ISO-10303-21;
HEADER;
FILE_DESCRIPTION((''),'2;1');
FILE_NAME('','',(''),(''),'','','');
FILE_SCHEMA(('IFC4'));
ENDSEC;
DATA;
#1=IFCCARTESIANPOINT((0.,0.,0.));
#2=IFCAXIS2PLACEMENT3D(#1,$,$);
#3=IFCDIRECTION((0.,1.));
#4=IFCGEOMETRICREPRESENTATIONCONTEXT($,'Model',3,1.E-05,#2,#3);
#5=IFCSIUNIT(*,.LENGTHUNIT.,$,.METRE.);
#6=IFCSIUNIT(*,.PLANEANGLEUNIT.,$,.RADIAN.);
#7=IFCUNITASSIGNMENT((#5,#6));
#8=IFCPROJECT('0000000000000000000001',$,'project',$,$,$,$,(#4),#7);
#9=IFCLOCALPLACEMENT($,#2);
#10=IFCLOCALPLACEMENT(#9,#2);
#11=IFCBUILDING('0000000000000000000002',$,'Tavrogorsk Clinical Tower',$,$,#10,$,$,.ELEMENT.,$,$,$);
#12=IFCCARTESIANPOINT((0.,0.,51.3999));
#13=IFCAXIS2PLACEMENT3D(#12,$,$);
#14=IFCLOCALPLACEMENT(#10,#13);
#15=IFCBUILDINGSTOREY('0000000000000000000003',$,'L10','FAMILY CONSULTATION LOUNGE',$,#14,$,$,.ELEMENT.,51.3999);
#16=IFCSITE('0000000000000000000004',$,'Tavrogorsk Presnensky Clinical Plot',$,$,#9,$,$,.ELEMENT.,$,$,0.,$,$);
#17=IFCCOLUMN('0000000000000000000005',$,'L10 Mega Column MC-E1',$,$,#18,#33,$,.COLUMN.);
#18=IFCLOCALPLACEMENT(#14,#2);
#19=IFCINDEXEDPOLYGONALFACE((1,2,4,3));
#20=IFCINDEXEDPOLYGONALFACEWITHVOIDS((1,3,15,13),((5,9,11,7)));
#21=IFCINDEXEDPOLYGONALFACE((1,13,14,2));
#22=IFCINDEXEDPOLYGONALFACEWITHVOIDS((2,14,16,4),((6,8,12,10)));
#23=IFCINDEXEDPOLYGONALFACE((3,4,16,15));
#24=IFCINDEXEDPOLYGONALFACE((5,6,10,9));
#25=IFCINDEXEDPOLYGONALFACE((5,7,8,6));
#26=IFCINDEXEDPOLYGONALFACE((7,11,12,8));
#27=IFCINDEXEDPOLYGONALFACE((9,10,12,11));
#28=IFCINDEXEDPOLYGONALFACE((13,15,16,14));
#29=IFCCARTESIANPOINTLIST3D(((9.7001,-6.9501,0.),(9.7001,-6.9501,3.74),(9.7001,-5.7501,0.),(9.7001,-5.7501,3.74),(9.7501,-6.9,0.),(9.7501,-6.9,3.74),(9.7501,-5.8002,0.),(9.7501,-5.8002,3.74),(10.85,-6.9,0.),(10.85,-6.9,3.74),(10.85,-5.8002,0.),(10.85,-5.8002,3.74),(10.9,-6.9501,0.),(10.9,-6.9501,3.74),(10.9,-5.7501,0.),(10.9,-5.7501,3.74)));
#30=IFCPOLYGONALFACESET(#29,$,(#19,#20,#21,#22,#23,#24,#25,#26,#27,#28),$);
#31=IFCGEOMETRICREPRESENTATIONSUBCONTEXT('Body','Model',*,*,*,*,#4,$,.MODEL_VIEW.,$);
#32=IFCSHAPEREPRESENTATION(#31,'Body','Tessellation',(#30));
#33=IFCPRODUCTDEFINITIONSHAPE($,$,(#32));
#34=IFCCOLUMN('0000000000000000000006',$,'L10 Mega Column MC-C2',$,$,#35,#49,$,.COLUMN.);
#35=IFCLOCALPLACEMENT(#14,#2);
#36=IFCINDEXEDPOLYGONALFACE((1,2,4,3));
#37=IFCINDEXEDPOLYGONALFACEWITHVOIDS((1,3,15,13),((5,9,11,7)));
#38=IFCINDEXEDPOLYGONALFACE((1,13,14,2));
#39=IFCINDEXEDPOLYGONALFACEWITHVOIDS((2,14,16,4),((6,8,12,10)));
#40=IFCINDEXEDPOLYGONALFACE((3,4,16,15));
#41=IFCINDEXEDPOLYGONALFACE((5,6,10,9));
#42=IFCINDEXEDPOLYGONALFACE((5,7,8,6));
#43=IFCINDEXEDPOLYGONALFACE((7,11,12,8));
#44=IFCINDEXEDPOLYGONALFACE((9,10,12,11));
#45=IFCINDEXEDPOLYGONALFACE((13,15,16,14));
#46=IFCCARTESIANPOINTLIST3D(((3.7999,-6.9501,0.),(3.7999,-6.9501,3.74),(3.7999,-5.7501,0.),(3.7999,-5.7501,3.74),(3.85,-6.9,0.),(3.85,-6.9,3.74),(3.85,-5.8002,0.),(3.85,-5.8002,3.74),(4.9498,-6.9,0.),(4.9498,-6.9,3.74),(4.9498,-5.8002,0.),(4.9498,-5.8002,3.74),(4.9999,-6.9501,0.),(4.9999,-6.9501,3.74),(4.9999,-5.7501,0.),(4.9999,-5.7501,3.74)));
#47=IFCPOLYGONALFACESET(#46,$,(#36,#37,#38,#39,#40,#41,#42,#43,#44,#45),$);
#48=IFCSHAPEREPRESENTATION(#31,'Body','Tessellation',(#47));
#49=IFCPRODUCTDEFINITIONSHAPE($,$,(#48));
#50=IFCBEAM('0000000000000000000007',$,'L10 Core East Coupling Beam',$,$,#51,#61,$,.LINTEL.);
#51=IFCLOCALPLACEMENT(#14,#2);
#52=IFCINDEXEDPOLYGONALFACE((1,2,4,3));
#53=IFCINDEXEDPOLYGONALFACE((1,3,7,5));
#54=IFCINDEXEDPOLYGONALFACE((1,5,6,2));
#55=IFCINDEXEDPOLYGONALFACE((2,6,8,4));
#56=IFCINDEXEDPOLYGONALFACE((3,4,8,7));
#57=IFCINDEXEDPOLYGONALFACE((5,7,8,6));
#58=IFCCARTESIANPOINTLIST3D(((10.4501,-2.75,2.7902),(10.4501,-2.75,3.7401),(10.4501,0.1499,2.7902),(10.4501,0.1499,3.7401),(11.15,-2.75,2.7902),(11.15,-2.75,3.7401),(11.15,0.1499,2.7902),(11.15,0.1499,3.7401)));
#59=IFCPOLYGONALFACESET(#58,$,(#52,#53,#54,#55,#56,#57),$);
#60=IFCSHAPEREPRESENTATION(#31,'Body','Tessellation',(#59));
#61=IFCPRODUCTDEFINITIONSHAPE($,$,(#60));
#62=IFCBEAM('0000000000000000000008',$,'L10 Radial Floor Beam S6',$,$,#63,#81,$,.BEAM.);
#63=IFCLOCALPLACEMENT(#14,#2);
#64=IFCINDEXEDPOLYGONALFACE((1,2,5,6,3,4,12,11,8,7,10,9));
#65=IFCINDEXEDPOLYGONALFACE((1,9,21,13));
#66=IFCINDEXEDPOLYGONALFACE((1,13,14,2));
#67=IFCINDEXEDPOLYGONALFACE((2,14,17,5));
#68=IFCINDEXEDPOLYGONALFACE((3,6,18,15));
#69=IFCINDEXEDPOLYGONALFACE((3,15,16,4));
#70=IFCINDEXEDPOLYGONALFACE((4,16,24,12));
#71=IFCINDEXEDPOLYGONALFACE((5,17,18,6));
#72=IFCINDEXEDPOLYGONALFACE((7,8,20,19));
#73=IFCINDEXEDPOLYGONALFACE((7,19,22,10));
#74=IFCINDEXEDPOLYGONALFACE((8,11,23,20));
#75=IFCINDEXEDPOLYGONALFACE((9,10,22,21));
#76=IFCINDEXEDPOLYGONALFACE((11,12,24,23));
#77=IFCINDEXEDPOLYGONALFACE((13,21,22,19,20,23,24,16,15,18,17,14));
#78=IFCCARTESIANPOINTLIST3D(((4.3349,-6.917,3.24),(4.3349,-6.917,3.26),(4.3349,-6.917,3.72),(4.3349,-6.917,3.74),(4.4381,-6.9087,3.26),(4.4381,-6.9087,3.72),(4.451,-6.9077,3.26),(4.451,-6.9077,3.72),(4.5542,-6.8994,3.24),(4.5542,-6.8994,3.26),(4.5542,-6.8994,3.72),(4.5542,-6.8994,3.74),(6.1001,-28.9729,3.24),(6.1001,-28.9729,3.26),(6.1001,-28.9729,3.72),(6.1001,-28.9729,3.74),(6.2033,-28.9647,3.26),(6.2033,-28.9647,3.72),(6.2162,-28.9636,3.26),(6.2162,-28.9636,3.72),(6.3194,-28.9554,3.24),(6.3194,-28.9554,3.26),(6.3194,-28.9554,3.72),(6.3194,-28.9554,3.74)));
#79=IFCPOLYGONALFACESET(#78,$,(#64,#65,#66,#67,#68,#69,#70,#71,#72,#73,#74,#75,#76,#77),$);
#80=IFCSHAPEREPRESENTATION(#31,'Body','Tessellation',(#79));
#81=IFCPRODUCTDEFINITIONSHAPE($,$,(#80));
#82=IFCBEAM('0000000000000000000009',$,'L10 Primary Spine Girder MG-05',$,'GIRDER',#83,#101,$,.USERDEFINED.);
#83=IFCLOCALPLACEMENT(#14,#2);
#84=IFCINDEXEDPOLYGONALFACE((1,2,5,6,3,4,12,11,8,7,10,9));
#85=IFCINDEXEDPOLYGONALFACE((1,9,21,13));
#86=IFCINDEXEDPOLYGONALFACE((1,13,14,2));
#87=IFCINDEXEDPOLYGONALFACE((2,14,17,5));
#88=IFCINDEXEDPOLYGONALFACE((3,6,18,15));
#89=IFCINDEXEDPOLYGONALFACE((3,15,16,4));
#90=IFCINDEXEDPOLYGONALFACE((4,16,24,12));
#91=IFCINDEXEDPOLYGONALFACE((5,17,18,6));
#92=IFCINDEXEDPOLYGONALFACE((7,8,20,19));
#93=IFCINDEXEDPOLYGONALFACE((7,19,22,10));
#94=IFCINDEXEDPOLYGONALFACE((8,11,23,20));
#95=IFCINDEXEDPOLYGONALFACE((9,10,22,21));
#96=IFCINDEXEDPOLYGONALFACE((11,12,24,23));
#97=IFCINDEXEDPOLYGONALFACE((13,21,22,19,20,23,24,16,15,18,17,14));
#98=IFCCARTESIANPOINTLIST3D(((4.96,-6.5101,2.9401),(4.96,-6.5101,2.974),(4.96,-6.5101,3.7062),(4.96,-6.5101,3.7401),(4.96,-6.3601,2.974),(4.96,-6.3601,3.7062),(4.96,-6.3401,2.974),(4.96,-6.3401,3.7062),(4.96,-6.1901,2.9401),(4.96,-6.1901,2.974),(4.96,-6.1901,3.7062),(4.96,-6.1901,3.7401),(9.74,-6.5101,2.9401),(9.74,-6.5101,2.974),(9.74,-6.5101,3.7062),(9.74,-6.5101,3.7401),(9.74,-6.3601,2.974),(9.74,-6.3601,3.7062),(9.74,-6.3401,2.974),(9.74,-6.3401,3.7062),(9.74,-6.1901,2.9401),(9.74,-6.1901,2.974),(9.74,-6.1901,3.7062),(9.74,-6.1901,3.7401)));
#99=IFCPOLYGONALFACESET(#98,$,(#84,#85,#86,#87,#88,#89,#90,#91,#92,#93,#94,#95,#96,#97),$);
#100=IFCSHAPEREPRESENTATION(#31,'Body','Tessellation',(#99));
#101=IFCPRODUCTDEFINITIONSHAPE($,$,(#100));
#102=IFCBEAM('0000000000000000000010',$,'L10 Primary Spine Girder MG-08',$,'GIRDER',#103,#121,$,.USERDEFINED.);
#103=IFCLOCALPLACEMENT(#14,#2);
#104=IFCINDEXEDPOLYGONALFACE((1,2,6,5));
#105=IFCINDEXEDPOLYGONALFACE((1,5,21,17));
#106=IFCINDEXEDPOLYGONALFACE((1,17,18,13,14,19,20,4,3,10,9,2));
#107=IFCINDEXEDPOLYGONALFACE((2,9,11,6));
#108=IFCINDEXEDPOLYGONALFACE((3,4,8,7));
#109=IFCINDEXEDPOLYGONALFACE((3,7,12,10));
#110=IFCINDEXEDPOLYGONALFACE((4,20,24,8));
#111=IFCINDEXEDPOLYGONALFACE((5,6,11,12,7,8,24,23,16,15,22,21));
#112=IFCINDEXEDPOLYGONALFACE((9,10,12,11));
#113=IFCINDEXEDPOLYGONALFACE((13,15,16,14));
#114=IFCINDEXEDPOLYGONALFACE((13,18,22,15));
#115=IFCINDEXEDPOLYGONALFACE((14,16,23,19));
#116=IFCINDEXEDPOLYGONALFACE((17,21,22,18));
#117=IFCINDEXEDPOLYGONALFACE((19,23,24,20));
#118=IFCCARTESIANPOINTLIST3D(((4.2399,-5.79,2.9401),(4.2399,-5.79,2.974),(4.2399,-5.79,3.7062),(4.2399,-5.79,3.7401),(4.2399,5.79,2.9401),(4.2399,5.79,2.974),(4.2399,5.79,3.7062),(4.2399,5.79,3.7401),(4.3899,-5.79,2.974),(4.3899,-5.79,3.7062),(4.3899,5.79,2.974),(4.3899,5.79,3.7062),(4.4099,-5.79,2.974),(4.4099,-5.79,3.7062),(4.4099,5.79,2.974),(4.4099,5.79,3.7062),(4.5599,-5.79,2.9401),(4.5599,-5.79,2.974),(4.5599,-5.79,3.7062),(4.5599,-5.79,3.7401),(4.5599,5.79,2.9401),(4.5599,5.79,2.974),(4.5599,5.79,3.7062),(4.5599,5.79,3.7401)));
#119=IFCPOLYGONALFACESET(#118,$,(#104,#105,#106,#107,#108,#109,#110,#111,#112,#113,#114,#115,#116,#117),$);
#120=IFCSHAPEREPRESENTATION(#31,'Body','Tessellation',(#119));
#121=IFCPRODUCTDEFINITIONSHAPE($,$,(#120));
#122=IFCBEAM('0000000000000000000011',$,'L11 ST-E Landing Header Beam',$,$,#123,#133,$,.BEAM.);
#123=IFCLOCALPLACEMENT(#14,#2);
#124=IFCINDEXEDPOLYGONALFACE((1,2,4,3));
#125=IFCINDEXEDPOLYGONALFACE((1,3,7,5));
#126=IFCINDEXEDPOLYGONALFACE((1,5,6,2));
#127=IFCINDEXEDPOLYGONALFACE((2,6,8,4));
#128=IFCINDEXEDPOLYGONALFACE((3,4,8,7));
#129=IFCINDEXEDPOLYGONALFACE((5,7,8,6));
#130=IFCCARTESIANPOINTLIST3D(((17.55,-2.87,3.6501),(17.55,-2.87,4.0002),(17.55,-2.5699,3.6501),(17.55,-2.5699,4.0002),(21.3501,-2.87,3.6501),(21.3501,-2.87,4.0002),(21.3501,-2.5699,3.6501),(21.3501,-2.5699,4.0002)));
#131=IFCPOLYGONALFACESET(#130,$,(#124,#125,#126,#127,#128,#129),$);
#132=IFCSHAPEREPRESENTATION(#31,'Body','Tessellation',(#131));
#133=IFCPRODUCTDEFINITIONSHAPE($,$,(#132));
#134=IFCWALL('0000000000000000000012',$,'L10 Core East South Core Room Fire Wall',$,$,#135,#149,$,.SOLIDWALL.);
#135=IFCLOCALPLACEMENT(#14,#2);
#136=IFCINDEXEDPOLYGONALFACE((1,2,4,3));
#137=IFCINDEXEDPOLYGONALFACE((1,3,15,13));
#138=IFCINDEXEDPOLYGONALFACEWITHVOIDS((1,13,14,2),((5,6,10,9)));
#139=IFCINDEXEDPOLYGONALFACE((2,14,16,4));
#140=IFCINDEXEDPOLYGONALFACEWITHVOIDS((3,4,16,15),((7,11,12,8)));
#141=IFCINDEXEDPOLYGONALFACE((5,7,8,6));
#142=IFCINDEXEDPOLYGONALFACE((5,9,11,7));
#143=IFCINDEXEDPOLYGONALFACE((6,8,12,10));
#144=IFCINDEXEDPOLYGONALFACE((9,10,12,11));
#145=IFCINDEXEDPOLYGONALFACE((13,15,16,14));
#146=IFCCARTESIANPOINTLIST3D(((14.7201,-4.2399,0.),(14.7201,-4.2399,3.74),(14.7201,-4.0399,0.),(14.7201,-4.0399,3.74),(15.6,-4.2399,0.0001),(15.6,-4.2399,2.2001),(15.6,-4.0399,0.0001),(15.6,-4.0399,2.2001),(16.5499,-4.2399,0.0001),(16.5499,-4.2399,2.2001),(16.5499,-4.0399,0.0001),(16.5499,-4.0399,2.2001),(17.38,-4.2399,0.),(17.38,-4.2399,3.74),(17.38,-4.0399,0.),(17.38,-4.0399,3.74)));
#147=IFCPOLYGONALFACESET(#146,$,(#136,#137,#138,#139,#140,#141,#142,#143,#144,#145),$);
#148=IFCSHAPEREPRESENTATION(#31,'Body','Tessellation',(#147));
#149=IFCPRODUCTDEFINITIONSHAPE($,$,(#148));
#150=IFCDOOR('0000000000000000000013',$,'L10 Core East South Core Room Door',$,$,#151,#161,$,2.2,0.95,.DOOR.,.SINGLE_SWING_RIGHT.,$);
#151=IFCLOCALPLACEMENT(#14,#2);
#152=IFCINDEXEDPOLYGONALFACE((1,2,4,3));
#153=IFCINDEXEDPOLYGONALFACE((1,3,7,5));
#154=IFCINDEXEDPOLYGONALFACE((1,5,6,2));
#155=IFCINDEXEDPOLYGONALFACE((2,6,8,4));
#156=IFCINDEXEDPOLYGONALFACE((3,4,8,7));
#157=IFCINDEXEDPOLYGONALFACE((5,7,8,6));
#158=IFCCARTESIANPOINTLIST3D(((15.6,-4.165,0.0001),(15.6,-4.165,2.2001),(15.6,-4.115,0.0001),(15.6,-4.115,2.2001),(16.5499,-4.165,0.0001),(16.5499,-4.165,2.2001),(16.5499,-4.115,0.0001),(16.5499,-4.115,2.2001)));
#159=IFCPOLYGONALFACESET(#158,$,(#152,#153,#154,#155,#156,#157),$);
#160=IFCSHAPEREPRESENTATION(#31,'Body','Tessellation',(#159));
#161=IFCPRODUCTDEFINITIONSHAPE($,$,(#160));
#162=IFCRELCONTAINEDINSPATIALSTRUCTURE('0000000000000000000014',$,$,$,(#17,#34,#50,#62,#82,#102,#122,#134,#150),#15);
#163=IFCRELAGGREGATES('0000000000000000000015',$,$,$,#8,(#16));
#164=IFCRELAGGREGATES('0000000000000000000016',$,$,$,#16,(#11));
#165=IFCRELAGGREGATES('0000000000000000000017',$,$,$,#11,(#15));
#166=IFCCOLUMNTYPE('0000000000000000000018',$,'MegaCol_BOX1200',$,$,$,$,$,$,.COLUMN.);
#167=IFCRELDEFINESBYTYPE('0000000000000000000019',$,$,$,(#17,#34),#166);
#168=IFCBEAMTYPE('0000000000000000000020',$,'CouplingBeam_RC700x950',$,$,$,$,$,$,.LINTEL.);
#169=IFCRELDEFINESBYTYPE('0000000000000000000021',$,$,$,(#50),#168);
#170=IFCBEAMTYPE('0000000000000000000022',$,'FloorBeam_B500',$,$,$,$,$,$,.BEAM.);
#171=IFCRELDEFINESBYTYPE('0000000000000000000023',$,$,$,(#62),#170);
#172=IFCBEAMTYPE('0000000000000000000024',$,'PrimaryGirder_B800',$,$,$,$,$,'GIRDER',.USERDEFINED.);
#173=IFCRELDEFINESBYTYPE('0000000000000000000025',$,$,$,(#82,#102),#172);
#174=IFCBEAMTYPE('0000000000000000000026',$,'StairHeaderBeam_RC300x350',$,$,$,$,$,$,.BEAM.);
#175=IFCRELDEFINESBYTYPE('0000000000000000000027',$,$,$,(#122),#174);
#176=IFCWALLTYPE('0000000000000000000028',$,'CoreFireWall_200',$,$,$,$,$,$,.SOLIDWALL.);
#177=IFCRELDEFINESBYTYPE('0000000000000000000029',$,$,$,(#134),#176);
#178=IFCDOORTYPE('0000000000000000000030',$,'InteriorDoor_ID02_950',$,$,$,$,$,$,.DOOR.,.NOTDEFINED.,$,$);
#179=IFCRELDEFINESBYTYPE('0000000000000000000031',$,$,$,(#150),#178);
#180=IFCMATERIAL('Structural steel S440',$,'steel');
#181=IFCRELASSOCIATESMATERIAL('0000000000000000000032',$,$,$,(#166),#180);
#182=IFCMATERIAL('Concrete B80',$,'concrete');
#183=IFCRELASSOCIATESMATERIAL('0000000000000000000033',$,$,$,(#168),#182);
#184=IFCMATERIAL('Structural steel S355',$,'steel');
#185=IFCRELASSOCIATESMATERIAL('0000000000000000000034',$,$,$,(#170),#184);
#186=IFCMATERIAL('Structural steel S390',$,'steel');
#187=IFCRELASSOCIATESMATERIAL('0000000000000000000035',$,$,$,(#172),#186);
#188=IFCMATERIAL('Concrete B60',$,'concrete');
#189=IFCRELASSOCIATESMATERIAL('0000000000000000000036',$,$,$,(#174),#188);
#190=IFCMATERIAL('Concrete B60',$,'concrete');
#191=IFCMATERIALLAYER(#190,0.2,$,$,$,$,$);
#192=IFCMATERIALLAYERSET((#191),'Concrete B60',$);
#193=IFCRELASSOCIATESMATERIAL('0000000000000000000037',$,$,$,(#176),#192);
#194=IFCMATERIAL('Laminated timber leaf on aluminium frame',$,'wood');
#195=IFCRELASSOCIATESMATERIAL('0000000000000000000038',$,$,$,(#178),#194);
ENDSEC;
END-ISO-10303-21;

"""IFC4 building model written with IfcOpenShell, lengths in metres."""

from ifc_helpers import new_model, si_unit, direction, frame, frame_2d, origin, origin_2d, place, context, subcontext, project, spatial, rectangle, hollow_rectangle, i_section, extrude, material, layer, layer_set, material_profile, profile_set, type_object, element, fill, save


model = new_model("IFC4")

# Units and contexts
model_context = context("Model", 3, precision=1e-05, world=origin(), true_north=direction((0.0, 1.0)))
body_context = subcontext(model_context, "Body", "Model", "MODEL_VIEW")
ifc_project = project(units=[si_unit("LENGTHUNIT", "METRE"), si_unit("PLANEANGLEUNIT", "RADIAN")], contexts=[model_context])

# Site, building, storey
site_placement = place(None, origin())
site = spatial("IfcSite", under=ifc_project, at=site_placement, Name="Tavrogorsk Presnensky Clinical Plot", CompositionType="ELEMENT", RefElevation=0.0)
building_placement = place(site_placement, origin())
building = spatial("IfcBuilding", under=site, at=building_placement, Name="Tavrogorsk Clinical Tower", CompositionType="ELEMENT")
storey_placement = place(building_placement, frame((0.0, 0.0, 51.3999)))
storey = spatial("IfcBuildingStorey", under=building, at=storey_placement, Name="L10", Description="FAMILY CONSULTATION LOUNGE", CompositionType="ELEMENT", Elevation=51.3999)

# Columns
ifc_material_1 = material(Name="Structural steel S440", Category="steel")
ifc_material_profile_1 = material_profile(ifc_material_1, hollow_rectangle(XDim=1.2, YDim=1.2, WallThickness=0.05, at=origin_2d()), Name="BOX-1200x1200x50")
ifc_profile_set_1 = profile_set([ifc_material_profile_1], Name="Structural steel S440")
column_type = type_object("IfcColumnType", Name="MegaCol_BOX1200", PredefinedType="COLUMN", material=ifc_profile_set_1)
for number, where, z_axis, x_axis, name in (
    (1, (10.3, -6.3501, 0.0), (0.0, 0.0, 1.0), (1.0, 0.0, 0.0), "L10 Mega Column MC-E1"),
    (2, (4.3999, -6.3501, 0.0), (0.0, 0.0, 1.0), (1.0, 0.0, 0.0), "L10 Mega Column MC-C2"),
):
    element("IfcColumn", number, at=place(storey_placement, frame(where, z_axis=z_axis, x_axis=x_axis)), inside=storey, type_object=column_type, Name=name, PredefinedType="COLUMN", context=body_context, shape_type="SweptSolid", body=[
        extrude(hollow_rectangle(XDim=1.2, YDim=1.2, WallThickness=0.05, at=origin_2d()), origin(), (0.0, 0.0, 1.0), 3.74),
    ])

# Beams
ifc_material_2 = material(Name="Concrete B80", Category="concrete")
ifc_material_profile_2 = material_profile(ifc_material_2, rectangle(XDim=0.7, YDim=0.95, at=origin_2d()), Name="RC-CB-700x950")
ifc_profile_set_2 = profile_set([ifc_material_profile_2], Name="Concrete B80")
beam_type_1 = type_object("IfcBeamType", Name="CouplingBeam_RC700x950", PredefinedType="LINTEL", material=ifc_profile_set_2)
beam_1_placement = place(storey_placement, frame((10.8, -2.75, 3.2651), z_axis=(0.0, 1.0, 0.0), x_axis=(-1.0, 0.0, 0.0)))
element("IfcBeam", 3, at=beam_1_placement, inside=storey, type_object=beam_type_1, Name="L10 Core East Coupling Beam", PredefinedType="LINTEL", context=body_context, shape_type="SweptSolid", body=[
    extrude(rectangle(XDim=0.7, YDim=0.95, at=origin_2d()), origin(), (0.0, 0.0, 1.0), 2.8999),
])
ifc_material_3 = material(Name="Structural steel S355", Category="steel")
ifc_material_profile_3 = material_profile(ifc_material_3, i_section(OverallWidth=0.22, OverallDepth=0.5, WebThickness=0.0129, FlangeThickness=0.02, at=origin_2d()), Name="B-500x220x13x20")
ifc_profile_set_3 = profile_set([ifc_material_profile_3], Name="Structural steel S355")
beam_type_2 = type_object("IfcBeamType", Name="FloorBeam_B500", PredefinedType="BEAM", material=ifc_profile_set_3)
beam_2_placement = place(storey_placement, frame((4.4446, -6.9082, 3.49), z_axis=(0.079775, -0.996813, 0.0), x_axis=(0.996813, 0.079775, 0.0)))
element("IfcBeam", 4, at=beam_2_placement, inside=storey, type_object=beam_type_2, Name="L10 Radial Floor Beam S6", PredefinedType="BEAM", context=body_context, shape_type="SweptSolid", body=[
    extrude(i_section(OverallWidth=0.22, OverallDepth=0.5, WebThickness=0.0129, FlangeThickness=0.02, at=origin_2d()), origin(), (0.0, 0.0, 1.0), 22.1265),
])
ifc_material_4 = material(Name="Structural steel S390", Category="steel")
ifc_material_profile_4 = material_profile(ifc_material_4, i_section(OverallWidth=0.3201, OverallDepth=0.8, WebThickness=0.02, FlangeThickness=0.0339, at=origin_2d()), Name="B-800x320x20x34")
ifc_profile_set_4 = profile_set([ifc_material_profile_4], Name="Structural steel S390")
beam_type_3 = type_object("IfcBeamType", Name="PrimaryGirder_B800", ElementType="GIRDER", PredefinedType="USERDEFINED", material=ifc_profile_set_4)
beam_3_placement = place(storey_placement, frame((4.96, -6.3501, 3.3401), z_axis=(1.0, 0.0, 0.0), x_axis=(0.0, 1.0, 0.0)))
element("IfcBeam", 5, at=beam_3_placement, inside=storey, type_object=beam_type_3, Name="L10 Primary Spine Girder MG-05", ObjectType="GIRDER", PredefinedType="USERDEFINED", context=body_context, shape_type="SweptSolid", body=[
    extrude(i_section(OverallWidth=0.3201, OverallDepth=0.8, WebThickness=0.02, FlangeThickness=0.0339, at=origin_2d()), origin(), (0.0, 0.0, 1.0), 4.78),
])
beam_4_placement = place(storey_placement, frame((4.3999, -5.79, 3.3401), z_axis=(0.0, 1.0, 0.0), x_axis=(-1.0, 0.0, 0.0)))
element("IfcBeam", 6, at=beam_4_placement, inside=storey, type_object=beam_type_3, Name="L10 Primary Spine Girder MG-08", ObjectType="GIRDER", PredefinedType="USERDEFINED", context=body_context, shape_type="SweptSolid", body=[
    extrude(i_section(OverallWidth=0.3201, OverallDepth=0.8, WebThickness=0.02, FlangeThickness=0.0339, at=origin_2d()), origin(), (0.0, 0.0, 1.0), 11.5801),
])
ifc_material_5 = material(Name="Concrete B60", Category="concrete")
ifc_material_profile_5 = material_profile(ifc_material_5, rectangle(XDim=0.3, YDim=0.3501, at=origin_2d()), Name="RC-SHB-300x350")
ifc_profile_set_5 = profile_set([ifc_material_profile_5], Name="Concrete B60")
beam_type_4 = type_object("IfcBeamType", Name="StairHeaderBeam_RC300x350", PredefinedType="BEAM", material=ifc_profile_set_5)
beam_5_placement = place(storey_placement, frame((17.55, -2.72, 3.8252), z_axis=(1.0, 0.0, 0.0), x_axis=(0.0, 1.0, 0.0)))
element("IfcBeam", 7, at=beam_5_placement, inside=storey, type_object=beam_type_4, Name="L11 ST-E Landing Header Beam", PredefinedType="BEAM", context=body_context, shape_type="SweptSolid", body=[
    extrude(rectangle(XDim=0.3, YDim=0.3501, at=origin_2d()), origin(), (0.0, 0.0, 1.0), 3.8),
])

# Wall, opening, door
ifc_material_6 = material(Name="Concrete B60", Category="concrete")
ifc_layer_1 = layer(ifc_material_6, 0.2)
ifc_layer_set_1 = layer_set([ifc_layer_1], Name="Concrete B60")
wall_type_1 = type_object("IfcWallType", Name="CoreFireWall_200", PredefinedType="SOLIDWALL", material=ifc_layer_set_1)
wall_1_placement = place(storey_placement, frame((14.72, -4.1399, 0.0), z_axis=(0.0, 0.0, 1.0), x_axis=(1.0, 0.0, 0.0)))
wall_1 = element("IfcWall", 8, at=wall_1_placement, inside=storey, type_object=wall_type_1, Name="L10 Core East South Core Room Fire Wall", PredefinedType="SOLIDWALL", context=body_context, shape_type="SweptSolid", body=[
    extrude(rectangle(XDim=2.6599, YDim=0.2, at=frame_2d((1.3301, 0.0))), origin(), (0.0, 0.0, 1.0), 3.74),
])
opening_1_placement = place(wall_1_placement, frame((0.8799, 0.0, 0.0)))
opening_1 = element("IfcOpeningElement", 9, at=opening_1_placement, cuts=wall_1, PredefinedType="OPENING", context=body_context, shape_type="SweptSolid", body=[
    extrude(rectangle(XDim=0.95, YDim=2.2, at=frame_2d((0.4751, 1.1001))), frame((0.0, 0.1099, 0.0), z_axis=(0.0, -1.0, 0.0), x_axis=(1.0, 0.0, 0.0)), (0.0, 0.0, 1.0), 0.22),
])
ifc_material_7 = material(Name="Laminated timber leaf on aluminium frame", Category="wood")
door_type_1 = type_object("IfcDoorType", Name="InteriorDoor_ID02_950", OperationType="NOTDEFINED", PredefinedType="DOOR", material=ifc_material_7)
door_1_placement = place(opening_1_placement, origin())
door_1 = element("IfcDoor", 10, at=door_1_placement, inside=storey, type_object=door_type_1, Name="L10 Core East South Core Room Door", OperationType="SINGLE_SWING_RIGHT", OverallHeight=2.2, OverallWidth=0.95, PredefinedType="DOOR", context=body_context, shape_type="SweptSolid", body=[
    extrude(rectangle(XDim=0.95, YDim=2.2, at=frame_2d((0.4751, 1.1001))), frame((0.0, 0.0249, 0.0), z_axis=(0.0, -1.0, 0.0), x_axis=(1.0, 0.0, 0.0)), (0.0, 0.0, 1.0), 0.05),
])
fill(opening_1, door_1)

save(model, "model.ifc")
